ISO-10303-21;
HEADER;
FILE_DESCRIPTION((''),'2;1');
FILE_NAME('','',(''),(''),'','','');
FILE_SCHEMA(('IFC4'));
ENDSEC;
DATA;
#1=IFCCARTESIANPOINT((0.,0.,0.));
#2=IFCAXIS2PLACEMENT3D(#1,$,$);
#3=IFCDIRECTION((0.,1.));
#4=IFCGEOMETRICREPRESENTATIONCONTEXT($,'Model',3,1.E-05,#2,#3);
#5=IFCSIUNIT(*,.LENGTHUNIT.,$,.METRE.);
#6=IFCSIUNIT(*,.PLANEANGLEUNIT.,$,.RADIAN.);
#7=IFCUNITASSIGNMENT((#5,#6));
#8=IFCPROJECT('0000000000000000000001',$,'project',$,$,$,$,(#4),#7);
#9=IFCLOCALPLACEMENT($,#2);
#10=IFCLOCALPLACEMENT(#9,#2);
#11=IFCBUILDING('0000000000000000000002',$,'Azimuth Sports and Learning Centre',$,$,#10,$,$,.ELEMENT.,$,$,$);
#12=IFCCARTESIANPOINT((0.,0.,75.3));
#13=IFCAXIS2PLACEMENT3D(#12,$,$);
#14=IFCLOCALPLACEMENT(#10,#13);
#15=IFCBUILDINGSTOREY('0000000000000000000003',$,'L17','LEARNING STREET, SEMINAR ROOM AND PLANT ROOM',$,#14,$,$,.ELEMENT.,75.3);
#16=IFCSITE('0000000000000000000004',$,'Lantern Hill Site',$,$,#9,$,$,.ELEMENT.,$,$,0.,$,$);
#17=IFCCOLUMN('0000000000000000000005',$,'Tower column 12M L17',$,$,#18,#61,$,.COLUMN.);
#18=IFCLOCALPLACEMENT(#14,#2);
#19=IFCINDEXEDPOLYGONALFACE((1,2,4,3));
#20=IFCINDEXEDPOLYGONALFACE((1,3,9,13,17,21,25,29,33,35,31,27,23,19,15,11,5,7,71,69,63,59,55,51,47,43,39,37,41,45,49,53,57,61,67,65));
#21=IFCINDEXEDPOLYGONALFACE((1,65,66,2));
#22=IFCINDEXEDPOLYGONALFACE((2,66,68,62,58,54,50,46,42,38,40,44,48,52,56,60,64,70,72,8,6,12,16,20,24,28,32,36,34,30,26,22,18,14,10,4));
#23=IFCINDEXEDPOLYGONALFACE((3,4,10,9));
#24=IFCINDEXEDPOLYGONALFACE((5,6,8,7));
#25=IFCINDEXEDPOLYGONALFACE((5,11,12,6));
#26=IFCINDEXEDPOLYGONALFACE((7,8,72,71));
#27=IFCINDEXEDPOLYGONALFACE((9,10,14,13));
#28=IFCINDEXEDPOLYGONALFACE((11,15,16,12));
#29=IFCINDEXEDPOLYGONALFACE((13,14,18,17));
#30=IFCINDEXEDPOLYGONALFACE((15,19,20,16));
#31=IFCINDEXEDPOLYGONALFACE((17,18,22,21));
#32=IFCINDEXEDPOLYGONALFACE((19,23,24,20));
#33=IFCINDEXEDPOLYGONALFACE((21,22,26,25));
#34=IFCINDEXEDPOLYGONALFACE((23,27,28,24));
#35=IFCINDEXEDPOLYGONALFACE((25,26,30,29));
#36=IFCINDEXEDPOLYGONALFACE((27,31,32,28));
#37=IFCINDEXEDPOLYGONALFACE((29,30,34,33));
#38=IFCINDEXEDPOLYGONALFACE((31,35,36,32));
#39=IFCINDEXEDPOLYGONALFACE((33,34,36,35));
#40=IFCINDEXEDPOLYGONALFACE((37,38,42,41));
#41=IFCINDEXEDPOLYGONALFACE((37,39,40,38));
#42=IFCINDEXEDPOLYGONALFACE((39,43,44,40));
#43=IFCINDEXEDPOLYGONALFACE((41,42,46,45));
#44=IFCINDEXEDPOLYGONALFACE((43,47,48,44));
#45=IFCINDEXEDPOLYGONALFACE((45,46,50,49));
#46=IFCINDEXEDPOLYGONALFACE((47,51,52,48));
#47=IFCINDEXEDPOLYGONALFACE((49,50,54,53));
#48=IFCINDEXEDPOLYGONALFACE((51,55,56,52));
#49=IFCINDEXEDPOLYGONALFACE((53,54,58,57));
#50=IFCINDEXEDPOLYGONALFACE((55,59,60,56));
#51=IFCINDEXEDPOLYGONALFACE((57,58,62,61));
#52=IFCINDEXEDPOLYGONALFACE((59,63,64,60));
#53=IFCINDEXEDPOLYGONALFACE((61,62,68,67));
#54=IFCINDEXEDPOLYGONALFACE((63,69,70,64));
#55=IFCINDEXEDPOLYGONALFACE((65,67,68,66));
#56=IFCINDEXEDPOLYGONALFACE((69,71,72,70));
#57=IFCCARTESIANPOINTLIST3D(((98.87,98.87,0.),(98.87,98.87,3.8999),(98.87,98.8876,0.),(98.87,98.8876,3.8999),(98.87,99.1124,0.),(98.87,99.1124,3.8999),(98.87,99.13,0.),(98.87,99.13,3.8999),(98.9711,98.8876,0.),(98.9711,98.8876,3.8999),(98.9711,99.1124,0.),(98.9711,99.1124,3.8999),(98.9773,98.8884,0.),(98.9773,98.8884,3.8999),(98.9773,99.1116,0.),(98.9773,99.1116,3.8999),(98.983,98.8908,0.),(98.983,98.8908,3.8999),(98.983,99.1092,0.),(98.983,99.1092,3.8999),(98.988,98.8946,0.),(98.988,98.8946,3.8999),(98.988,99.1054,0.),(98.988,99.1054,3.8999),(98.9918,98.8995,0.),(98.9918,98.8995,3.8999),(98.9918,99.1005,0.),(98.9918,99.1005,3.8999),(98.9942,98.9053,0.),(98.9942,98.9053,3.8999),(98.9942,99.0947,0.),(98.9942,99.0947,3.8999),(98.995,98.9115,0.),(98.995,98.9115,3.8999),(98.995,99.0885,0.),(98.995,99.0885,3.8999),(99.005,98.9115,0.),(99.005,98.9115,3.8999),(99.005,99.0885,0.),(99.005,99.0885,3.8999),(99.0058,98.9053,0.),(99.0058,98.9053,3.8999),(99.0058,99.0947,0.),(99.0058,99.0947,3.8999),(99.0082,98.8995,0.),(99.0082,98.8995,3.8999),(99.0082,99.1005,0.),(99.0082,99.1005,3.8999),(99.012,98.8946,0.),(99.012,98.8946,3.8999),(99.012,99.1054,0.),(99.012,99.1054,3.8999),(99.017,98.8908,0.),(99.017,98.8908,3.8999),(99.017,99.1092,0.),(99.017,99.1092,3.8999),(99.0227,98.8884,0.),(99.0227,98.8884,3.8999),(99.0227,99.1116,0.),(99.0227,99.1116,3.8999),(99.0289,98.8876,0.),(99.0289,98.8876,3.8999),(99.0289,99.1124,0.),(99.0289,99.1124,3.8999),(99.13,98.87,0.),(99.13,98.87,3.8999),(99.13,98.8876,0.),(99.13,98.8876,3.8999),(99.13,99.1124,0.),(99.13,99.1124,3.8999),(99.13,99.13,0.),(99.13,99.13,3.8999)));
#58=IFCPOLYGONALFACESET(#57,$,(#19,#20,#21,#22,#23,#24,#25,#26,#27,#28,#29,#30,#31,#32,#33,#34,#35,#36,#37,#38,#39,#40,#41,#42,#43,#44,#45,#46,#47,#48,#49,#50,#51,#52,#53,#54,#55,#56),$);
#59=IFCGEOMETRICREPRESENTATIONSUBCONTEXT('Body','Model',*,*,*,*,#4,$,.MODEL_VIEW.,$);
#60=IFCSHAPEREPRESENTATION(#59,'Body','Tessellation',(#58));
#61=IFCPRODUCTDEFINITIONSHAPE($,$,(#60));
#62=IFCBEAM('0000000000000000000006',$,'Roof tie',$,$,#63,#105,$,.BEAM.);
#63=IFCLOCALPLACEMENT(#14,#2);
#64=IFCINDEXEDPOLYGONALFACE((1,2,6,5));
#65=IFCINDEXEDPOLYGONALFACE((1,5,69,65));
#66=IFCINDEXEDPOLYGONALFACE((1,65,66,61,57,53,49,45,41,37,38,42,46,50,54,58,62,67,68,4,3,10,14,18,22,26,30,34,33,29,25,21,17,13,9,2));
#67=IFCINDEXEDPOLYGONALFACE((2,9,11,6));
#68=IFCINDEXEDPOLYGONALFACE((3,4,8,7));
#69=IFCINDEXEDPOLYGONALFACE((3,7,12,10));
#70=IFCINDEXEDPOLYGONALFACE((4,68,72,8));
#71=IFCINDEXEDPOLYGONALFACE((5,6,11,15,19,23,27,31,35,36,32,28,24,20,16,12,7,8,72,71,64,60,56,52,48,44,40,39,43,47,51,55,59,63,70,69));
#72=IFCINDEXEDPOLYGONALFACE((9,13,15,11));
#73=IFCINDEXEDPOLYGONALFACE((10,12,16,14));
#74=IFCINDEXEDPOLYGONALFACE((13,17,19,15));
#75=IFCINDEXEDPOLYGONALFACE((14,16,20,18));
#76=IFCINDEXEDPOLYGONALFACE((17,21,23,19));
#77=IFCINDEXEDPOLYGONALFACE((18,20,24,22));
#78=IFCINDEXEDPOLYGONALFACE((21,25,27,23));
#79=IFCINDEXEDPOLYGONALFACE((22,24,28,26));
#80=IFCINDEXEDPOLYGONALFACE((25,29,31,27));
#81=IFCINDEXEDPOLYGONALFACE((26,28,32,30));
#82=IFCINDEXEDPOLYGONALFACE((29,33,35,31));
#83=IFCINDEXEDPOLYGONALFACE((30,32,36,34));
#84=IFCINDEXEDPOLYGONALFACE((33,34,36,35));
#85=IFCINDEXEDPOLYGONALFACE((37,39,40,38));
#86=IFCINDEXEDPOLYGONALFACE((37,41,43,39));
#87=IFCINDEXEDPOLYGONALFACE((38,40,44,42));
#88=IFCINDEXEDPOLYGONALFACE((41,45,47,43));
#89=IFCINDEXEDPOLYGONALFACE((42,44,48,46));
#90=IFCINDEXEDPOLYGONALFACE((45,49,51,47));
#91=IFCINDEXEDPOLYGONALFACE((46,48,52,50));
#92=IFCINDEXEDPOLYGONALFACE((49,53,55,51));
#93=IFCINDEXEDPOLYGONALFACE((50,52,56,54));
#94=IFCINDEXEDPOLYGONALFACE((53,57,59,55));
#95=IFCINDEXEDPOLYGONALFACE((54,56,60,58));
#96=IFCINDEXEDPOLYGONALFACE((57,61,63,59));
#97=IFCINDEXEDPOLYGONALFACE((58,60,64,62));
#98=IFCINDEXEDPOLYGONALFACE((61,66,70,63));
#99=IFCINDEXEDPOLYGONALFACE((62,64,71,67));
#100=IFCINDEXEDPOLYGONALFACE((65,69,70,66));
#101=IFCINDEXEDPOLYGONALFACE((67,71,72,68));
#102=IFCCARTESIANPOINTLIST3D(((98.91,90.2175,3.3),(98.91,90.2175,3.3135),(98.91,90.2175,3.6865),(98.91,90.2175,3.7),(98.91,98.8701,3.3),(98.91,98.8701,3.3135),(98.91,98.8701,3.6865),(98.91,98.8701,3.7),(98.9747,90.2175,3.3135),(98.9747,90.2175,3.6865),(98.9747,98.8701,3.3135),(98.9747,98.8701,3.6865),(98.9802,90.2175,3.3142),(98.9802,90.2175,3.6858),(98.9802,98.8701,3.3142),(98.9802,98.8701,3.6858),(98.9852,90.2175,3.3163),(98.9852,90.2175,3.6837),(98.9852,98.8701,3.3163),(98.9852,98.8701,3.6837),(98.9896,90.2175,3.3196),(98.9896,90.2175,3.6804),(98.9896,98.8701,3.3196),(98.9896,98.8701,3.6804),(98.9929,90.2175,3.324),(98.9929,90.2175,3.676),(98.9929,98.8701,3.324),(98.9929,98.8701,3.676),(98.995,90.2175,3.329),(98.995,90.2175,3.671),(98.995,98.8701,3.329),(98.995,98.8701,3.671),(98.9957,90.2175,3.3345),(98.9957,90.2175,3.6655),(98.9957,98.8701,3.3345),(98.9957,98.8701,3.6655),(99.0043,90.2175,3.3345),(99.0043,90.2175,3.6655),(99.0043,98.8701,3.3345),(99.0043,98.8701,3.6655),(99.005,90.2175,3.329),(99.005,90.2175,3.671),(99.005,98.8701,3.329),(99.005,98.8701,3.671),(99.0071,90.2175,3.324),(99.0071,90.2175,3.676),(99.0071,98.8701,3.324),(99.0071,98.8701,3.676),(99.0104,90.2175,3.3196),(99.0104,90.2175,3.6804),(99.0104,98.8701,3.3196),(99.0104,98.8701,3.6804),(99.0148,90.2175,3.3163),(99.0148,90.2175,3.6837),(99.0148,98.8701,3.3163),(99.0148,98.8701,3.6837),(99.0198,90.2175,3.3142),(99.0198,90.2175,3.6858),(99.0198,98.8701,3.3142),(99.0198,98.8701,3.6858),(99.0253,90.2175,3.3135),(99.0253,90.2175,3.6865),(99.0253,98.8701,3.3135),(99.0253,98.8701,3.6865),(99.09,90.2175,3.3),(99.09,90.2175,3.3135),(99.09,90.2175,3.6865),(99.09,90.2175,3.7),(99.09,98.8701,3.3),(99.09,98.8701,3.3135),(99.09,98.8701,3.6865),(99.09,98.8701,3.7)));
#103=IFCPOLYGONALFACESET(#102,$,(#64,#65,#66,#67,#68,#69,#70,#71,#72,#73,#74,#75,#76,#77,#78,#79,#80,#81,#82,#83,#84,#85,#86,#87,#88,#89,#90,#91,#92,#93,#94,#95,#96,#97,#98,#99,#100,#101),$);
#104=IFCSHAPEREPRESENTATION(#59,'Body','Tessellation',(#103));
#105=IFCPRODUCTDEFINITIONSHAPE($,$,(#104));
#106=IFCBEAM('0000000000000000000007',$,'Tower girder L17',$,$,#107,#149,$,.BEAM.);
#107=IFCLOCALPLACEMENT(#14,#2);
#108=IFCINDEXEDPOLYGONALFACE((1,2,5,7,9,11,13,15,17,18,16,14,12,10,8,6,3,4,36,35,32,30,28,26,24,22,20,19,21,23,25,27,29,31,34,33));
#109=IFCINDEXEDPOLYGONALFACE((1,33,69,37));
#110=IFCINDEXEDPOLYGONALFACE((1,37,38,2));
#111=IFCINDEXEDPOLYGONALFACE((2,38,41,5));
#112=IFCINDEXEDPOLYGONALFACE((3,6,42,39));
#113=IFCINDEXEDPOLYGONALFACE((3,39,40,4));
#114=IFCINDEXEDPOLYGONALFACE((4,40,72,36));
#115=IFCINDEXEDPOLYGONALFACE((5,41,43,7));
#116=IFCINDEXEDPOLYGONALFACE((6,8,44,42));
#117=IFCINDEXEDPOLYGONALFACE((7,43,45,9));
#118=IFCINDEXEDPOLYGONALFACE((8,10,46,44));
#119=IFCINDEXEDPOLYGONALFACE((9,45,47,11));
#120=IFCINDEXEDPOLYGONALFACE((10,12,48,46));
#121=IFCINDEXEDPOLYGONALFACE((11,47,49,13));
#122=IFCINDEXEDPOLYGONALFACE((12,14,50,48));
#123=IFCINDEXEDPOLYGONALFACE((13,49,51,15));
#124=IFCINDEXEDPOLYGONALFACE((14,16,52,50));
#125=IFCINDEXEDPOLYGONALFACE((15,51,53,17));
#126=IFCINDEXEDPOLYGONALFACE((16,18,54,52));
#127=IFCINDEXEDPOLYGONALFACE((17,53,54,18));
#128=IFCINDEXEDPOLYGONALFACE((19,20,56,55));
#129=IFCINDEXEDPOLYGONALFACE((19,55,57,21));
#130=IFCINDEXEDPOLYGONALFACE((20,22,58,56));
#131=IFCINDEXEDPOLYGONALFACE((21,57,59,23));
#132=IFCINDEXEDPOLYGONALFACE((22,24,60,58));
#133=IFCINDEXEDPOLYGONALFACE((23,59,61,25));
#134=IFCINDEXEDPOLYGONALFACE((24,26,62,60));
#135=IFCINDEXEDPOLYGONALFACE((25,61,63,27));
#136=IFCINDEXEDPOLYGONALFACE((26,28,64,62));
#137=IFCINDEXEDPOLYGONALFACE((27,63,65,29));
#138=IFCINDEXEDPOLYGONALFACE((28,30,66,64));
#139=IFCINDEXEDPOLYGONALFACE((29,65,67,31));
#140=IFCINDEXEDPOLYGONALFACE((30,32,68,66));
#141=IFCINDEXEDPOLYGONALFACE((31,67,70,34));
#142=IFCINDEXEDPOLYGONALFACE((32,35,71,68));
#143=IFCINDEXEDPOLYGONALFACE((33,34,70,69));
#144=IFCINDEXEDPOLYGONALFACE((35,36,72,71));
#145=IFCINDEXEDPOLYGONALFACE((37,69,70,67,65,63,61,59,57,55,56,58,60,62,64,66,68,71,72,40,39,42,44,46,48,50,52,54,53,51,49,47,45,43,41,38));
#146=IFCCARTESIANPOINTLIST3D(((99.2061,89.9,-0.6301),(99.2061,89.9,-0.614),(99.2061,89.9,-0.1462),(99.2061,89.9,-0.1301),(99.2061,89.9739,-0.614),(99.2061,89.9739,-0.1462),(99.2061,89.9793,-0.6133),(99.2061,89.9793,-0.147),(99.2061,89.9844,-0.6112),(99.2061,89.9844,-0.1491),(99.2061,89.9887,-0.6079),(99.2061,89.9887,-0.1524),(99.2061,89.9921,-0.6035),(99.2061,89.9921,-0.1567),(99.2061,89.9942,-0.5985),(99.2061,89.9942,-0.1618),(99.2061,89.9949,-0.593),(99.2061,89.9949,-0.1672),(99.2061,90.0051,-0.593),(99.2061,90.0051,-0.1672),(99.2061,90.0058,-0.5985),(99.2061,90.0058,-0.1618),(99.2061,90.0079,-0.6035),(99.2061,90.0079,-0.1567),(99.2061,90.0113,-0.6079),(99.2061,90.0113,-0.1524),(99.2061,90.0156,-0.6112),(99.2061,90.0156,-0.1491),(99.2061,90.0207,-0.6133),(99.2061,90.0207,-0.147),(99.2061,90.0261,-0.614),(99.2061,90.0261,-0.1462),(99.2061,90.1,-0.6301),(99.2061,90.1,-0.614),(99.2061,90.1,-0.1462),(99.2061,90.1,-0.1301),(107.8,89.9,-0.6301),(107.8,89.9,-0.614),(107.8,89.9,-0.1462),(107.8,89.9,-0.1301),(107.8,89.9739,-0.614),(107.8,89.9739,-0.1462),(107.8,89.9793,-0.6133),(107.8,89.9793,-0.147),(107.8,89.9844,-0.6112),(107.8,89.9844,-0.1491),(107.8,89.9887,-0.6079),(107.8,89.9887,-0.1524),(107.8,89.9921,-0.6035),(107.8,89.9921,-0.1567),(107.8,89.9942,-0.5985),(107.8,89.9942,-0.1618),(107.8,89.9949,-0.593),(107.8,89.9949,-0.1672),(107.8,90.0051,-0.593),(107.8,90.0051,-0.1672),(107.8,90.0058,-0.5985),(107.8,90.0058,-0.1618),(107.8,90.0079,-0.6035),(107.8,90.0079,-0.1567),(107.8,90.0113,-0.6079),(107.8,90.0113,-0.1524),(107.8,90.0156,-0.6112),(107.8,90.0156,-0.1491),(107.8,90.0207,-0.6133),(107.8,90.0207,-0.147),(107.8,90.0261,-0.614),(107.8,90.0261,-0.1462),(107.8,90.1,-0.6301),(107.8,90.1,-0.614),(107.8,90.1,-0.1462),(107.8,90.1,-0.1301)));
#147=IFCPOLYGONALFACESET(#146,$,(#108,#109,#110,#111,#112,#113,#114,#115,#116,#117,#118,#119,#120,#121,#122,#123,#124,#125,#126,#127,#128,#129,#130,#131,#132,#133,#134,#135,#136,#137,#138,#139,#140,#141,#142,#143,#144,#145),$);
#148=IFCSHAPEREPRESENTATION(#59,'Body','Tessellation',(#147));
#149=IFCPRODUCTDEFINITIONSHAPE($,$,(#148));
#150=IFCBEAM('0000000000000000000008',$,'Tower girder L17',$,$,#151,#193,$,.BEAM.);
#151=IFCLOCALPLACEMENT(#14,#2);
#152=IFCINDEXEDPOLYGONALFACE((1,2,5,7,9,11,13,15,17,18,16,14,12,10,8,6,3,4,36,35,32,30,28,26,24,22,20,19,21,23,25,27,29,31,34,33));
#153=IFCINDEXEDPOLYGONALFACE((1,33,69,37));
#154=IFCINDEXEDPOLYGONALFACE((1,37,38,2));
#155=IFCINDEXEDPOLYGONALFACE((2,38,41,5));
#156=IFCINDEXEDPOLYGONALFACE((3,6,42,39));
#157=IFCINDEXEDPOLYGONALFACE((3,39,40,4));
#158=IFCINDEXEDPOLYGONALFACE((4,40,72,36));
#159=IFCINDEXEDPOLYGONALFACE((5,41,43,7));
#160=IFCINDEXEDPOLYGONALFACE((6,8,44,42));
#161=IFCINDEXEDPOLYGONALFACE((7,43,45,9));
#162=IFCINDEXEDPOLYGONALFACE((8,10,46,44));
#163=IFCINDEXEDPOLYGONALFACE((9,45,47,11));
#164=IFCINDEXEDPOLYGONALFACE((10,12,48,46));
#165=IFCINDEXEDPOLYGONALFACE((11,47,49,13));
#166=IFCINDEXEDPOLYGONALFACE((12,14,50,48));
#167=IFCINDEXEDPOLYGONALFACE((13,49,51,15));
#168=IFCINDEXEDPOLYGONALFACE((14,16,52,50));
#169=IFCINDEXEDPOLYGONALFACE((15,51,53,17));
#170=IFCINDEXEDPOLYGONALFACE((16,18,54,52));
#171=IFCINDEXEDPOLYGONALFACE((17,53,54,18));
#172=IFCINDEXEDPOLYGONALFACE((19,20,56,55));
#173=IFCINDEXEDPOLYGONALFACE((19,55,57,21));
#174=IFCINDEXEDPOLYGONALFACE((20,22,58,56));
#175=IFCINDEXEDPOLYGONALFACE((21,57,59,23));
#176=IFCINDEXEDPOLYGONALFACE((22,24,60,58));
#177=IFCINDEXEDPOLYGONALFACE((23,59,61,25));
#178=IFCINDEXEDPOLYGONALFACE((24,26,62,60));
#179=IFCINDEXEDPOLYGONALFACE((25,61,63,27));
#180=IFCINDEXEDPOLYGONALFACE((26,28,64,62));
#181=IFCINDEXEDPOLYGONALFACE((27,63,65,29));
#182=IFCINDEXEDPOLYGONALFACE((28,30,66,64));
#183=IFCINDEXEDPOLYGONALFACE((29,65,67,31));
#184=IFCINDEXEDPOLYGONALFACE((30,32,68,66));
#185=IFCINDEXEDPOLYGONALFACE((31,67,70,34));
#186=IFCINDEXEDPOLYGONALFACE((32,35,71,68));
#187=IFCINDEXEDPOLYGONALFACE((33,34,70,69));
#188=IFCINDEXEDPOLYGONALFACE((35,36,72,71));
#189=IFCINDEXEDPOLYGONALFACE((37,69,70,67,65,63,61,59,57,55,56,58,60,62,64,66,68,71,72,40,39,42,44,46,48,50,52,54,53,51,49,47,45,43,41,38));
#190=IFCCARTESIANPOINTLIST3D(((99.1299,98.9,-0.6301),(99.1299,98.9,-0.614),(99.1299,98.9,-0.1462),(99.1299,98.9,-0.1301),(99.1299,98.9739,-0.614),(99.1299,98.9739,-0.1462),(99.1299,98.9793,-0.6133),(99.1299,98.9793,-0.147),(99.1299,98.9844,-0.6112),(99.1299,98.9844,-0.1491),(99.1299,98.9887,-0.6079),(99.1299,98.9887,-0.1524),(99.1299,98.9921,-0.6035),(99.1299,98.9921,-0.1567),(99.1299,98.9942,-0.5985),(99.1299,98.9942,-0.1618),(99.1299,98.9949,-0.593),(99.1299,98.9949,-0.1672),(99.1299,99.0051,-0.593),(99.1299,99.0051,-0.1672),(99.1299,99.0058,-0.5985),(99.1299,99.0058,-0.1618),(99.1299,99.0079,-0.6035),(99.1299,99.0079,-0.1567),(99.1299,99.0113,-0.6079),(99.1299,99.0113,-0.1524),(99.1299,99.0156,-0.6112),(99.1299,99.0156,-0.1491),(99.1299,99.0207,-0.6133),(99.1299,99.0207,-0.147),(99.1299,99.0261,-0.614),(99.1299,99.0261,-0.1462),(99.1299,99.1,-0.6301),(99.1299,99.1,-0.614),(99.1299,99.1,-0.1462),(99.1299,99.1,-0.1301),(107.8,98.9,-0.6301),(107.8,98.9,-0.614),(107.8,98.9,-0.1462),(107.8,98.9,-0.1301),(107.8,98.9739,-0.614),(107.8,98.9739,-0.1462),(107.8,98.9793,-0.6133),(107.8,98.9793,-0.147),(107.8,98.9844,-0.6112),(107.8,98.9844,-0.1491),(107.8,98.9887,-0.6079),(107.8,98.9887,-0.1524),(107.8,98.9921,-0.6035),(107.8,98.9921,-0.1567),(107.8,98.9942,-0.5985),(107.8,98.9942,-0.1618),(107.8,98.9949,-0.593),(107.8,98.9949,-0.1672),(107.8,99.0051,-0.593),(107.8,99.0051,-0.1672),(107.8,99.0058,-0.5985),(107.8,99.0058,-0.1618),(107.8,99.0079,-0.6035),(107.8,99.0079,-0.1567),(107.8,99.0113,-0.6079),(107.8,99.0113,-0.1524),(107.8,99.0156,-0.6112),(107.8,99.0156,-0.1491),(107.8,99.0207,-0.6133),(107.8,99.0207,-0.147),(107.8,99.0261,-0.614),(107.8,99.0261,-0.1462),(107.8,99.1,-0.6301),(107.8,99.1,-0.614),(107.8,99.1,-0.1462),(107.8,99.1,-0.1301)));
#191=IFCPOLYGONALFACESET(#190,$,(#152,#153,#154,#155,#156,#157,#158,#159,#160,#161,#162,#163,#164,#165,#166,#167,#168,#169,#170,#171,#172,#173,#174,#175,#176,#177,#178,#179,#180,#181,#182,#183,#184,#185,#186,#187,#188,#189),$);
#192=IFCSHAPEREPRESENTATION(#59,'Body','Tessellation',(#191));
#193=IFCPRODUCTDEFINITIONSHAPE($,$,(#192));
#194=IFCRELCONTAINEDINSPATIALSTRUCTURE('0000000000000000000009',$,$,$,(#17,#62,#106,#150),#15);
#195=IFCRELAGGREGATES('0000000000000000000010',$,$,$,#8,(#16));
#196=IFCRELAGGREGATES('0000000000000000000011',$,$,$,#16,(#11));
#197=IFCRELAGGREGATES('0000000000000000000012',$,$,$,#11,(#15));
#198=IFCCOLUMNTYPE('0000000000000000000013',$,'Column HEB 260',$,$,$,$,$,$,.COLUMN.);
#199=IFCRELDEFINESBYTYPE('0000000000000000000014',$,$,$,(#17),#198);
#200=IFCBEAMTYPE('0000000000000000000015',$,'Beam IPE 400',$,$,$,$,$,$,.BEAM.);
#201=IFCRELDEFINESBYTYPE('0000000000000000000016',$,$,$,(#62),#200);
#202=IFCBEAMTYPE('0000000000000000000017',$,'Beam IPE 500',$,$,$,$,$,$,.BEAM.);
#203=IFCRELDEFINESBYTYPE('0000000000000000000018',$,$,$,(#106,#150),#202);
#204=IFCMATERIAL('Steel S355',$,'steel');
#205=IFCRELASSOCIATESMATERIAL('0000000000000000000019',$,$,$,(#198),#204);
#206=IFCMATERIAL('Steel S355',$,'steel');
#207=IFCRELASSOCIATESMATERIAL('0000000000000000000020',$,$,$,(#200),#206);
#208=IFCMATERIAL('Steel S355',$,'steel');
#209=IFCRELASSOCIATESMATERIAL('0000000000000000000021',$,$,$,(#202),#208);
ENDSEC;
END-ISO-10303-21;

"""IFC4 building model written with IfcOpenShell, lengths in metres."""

from ifc_helpers import new_model, si_unit, direction, frame, origin, origin_2d, place, context, subcontext, project, spatial, i_section, extrude, material, material_profile, profile_set, type_object, element, save


model = new_model("IFC4")

# Units and contexts
model_context = context("Model", 3, precision=1e-05, world=origin(), true_north=direction((0.0, 1.0)))
body_context = subcontext(model_context, "Body", "Model", "MODEL_VIEW")
ifc_project = project(units=[si_unit("LENGTHUNIT", "METRE"), si_unit("PLANEANGLEUNIT", "RADIAN")], contexts=[model_context])

# Site, building, storey
site_placement = place(None, origin())
site = spatial("IfcSite", under=ifc_project, at=site_placement, Name="Lantern Hill Site", CompositionType="ELEMENT", RefElevation=0.0)
building_placement = place(site_placement, origin())
building = spatial("IfcBuilding", under=site, at=building_placement, Name="Azimuth Sports and Learning Centre", CompositionType="ELEMENT")
storey_placement = place(building_placement, frame((0.0, 0.0, 75.3)))
storey = spatial("IfcBuildingStorey", under=building, at=storey_placement, Name="L17", Description="LEARNING STREET, SEMINAR ROOM AND PLANT ROOM", CompositionType="ELEMENT", Elevation=75.3)

# Column
ifc_material_1 = material(Name="Steel S355", Category="steel")
ifc_material_profile_1 = material_profile(ifc_material_1, i_section(OverallWidth=0.26, OverallDepth=0.26, WebThickness=0.01, FlangeThickness=0.0176, FilletRadius=0.0239, at=origin_2d()), Name="HEB 260")
ifc_profile_set_1 = profile_set([ifc_material_profile_1], Name="Steel S355")
column_type = type_object("IfcColumnType", Name="Column HEB 260", PredefinedType="COLUMN", material=ifc_profile_set_1)
column_placement = place(storey_placement, frame((99.0, 99.0, 0.0), z_axis=(0.0, 0.0, 1.0), x_axis=(1.0, 0.0, 0.0)))
element("IfcColumn", 1, at=column_placement, inside=storey, type_object=column_type, Name="Tower column 12M L17", PredefinedType="COLUMN", context=body_context, shape_type="SweptSolid", body=[
    extrude(i_section(OverallWidth=0.26, OverallDepth=0.26, WebThickness=0.01, FlangeThickness=0.0176, FilletRadius=0.0239, at=origin_2d()), origin(), (0.0, 0.0, 1.0), 3.8999),
])

# Beams
ifc_material_2 = material(Name="Steel S355", Category="steel")
ifc_material_profile_2 = material_profile(ifc_material_2, i_section(OverallWidth=0.1799, OverallDepth=0.3999, WebThickness=0.0085, FlangeThickness=0.0134, FilletRadius=0.021, at=origin_2d()), Name="IPE 400")
ifc_profile_set_2 = profile_set([ifc_material_profile_2], Name="Steel S355")
beam_type_1 = type_object("IfcBeamType", Name="Beam IPE 400", PredefinedType="BEAM", material=ifc_profile_set_2)
beam_1_placement = place(storey_placement, frame((99.0, 90.2175, 3.5), z_axis=(0.0, 1.0, 0.0), x_axis=(-1.0, 0.0, 0.0)))
element("IfcBeam", 2, at=beam_1_placement, inside=storey, type_object=beam_type_1, Name="Roof tie", PredefinedType="BEAM", context=body_context, shape_type="SweptSolid", body=[
    extrude(i_section(OverallWidth=0.1799, OverallDepth=0.3999, WebThickness=0.0085, FlangeThickness=0.0134, FilletRadius=0.021, at=origin_2d()), origin(), (0.0, 0.0, 1.0), 8.6526),
])
ifc_material_3 = material(Name="Steel S355", Category="steel")
ifc_material_profile_3 = material_profile(ifc_material_3, i_section(OverallWidth=0.2, OverallDepth=0.5, WebThickness=0.0103, FlangeThickness=0.0161, FilletRadius=0.021, at=origin_2d()), Name="IPE 500")
ifc_profile_set_3 = profile_set([ifc_material_profile_3], Name="Steel S355")
beam_type_2 = type_object("IfcBeamType", Name="Beam IPE 500", PredefinedType="BEAM", material=ifc_profile_set_3)
beam_2_placement = place(storey_placement, frame((99.2061, 90.0, -0.3801), z_axis=(1.0, 0.0, 0.0), x_axis=(0.0, 1.0, 0.0)))
element("IfcBeam", 3, at=beam_2_placement, inside=storey, type_object=beam_type_2, Name="Tower girder L17", PredefinedType="BEAM", context=body_context, shape_type="SweptSolid", body=[
    extrude(i_section(OverallWidth=0.2, OverallDepth=0.5, WebThickness=0.0103, FlangeThickness=0.0161, FilletRadius=0.021, at=origin_2d()), origin(), (0.0, 0.0, 1.0), 8.594),
])
beam_3_placement = place(storey_placement, frame((99.1299, 99.0, -0.3801), z_axis=(1.0, 0.0, 0.0), x_axis=(0.0, 1.0, 0.0)))
element("IfcBeam", 4, at=beam_3_placement, inside=storey, type_object=beam_type_2, Name="Tower girder L17", PredefinedType="BEAM", context=body_context, shape_type="SweptSolid", body=[
    extrude(i_section(OverallWidth=0.2, OverallDepth=0.5, WebThickness=0.0103, FlangeThickness=0.0161, FilletRadius=0.021, at=origin_2d()), origin(), (0.0, 0.0, 1.0), 8.6702),
])

save(model, "model.ifc")
